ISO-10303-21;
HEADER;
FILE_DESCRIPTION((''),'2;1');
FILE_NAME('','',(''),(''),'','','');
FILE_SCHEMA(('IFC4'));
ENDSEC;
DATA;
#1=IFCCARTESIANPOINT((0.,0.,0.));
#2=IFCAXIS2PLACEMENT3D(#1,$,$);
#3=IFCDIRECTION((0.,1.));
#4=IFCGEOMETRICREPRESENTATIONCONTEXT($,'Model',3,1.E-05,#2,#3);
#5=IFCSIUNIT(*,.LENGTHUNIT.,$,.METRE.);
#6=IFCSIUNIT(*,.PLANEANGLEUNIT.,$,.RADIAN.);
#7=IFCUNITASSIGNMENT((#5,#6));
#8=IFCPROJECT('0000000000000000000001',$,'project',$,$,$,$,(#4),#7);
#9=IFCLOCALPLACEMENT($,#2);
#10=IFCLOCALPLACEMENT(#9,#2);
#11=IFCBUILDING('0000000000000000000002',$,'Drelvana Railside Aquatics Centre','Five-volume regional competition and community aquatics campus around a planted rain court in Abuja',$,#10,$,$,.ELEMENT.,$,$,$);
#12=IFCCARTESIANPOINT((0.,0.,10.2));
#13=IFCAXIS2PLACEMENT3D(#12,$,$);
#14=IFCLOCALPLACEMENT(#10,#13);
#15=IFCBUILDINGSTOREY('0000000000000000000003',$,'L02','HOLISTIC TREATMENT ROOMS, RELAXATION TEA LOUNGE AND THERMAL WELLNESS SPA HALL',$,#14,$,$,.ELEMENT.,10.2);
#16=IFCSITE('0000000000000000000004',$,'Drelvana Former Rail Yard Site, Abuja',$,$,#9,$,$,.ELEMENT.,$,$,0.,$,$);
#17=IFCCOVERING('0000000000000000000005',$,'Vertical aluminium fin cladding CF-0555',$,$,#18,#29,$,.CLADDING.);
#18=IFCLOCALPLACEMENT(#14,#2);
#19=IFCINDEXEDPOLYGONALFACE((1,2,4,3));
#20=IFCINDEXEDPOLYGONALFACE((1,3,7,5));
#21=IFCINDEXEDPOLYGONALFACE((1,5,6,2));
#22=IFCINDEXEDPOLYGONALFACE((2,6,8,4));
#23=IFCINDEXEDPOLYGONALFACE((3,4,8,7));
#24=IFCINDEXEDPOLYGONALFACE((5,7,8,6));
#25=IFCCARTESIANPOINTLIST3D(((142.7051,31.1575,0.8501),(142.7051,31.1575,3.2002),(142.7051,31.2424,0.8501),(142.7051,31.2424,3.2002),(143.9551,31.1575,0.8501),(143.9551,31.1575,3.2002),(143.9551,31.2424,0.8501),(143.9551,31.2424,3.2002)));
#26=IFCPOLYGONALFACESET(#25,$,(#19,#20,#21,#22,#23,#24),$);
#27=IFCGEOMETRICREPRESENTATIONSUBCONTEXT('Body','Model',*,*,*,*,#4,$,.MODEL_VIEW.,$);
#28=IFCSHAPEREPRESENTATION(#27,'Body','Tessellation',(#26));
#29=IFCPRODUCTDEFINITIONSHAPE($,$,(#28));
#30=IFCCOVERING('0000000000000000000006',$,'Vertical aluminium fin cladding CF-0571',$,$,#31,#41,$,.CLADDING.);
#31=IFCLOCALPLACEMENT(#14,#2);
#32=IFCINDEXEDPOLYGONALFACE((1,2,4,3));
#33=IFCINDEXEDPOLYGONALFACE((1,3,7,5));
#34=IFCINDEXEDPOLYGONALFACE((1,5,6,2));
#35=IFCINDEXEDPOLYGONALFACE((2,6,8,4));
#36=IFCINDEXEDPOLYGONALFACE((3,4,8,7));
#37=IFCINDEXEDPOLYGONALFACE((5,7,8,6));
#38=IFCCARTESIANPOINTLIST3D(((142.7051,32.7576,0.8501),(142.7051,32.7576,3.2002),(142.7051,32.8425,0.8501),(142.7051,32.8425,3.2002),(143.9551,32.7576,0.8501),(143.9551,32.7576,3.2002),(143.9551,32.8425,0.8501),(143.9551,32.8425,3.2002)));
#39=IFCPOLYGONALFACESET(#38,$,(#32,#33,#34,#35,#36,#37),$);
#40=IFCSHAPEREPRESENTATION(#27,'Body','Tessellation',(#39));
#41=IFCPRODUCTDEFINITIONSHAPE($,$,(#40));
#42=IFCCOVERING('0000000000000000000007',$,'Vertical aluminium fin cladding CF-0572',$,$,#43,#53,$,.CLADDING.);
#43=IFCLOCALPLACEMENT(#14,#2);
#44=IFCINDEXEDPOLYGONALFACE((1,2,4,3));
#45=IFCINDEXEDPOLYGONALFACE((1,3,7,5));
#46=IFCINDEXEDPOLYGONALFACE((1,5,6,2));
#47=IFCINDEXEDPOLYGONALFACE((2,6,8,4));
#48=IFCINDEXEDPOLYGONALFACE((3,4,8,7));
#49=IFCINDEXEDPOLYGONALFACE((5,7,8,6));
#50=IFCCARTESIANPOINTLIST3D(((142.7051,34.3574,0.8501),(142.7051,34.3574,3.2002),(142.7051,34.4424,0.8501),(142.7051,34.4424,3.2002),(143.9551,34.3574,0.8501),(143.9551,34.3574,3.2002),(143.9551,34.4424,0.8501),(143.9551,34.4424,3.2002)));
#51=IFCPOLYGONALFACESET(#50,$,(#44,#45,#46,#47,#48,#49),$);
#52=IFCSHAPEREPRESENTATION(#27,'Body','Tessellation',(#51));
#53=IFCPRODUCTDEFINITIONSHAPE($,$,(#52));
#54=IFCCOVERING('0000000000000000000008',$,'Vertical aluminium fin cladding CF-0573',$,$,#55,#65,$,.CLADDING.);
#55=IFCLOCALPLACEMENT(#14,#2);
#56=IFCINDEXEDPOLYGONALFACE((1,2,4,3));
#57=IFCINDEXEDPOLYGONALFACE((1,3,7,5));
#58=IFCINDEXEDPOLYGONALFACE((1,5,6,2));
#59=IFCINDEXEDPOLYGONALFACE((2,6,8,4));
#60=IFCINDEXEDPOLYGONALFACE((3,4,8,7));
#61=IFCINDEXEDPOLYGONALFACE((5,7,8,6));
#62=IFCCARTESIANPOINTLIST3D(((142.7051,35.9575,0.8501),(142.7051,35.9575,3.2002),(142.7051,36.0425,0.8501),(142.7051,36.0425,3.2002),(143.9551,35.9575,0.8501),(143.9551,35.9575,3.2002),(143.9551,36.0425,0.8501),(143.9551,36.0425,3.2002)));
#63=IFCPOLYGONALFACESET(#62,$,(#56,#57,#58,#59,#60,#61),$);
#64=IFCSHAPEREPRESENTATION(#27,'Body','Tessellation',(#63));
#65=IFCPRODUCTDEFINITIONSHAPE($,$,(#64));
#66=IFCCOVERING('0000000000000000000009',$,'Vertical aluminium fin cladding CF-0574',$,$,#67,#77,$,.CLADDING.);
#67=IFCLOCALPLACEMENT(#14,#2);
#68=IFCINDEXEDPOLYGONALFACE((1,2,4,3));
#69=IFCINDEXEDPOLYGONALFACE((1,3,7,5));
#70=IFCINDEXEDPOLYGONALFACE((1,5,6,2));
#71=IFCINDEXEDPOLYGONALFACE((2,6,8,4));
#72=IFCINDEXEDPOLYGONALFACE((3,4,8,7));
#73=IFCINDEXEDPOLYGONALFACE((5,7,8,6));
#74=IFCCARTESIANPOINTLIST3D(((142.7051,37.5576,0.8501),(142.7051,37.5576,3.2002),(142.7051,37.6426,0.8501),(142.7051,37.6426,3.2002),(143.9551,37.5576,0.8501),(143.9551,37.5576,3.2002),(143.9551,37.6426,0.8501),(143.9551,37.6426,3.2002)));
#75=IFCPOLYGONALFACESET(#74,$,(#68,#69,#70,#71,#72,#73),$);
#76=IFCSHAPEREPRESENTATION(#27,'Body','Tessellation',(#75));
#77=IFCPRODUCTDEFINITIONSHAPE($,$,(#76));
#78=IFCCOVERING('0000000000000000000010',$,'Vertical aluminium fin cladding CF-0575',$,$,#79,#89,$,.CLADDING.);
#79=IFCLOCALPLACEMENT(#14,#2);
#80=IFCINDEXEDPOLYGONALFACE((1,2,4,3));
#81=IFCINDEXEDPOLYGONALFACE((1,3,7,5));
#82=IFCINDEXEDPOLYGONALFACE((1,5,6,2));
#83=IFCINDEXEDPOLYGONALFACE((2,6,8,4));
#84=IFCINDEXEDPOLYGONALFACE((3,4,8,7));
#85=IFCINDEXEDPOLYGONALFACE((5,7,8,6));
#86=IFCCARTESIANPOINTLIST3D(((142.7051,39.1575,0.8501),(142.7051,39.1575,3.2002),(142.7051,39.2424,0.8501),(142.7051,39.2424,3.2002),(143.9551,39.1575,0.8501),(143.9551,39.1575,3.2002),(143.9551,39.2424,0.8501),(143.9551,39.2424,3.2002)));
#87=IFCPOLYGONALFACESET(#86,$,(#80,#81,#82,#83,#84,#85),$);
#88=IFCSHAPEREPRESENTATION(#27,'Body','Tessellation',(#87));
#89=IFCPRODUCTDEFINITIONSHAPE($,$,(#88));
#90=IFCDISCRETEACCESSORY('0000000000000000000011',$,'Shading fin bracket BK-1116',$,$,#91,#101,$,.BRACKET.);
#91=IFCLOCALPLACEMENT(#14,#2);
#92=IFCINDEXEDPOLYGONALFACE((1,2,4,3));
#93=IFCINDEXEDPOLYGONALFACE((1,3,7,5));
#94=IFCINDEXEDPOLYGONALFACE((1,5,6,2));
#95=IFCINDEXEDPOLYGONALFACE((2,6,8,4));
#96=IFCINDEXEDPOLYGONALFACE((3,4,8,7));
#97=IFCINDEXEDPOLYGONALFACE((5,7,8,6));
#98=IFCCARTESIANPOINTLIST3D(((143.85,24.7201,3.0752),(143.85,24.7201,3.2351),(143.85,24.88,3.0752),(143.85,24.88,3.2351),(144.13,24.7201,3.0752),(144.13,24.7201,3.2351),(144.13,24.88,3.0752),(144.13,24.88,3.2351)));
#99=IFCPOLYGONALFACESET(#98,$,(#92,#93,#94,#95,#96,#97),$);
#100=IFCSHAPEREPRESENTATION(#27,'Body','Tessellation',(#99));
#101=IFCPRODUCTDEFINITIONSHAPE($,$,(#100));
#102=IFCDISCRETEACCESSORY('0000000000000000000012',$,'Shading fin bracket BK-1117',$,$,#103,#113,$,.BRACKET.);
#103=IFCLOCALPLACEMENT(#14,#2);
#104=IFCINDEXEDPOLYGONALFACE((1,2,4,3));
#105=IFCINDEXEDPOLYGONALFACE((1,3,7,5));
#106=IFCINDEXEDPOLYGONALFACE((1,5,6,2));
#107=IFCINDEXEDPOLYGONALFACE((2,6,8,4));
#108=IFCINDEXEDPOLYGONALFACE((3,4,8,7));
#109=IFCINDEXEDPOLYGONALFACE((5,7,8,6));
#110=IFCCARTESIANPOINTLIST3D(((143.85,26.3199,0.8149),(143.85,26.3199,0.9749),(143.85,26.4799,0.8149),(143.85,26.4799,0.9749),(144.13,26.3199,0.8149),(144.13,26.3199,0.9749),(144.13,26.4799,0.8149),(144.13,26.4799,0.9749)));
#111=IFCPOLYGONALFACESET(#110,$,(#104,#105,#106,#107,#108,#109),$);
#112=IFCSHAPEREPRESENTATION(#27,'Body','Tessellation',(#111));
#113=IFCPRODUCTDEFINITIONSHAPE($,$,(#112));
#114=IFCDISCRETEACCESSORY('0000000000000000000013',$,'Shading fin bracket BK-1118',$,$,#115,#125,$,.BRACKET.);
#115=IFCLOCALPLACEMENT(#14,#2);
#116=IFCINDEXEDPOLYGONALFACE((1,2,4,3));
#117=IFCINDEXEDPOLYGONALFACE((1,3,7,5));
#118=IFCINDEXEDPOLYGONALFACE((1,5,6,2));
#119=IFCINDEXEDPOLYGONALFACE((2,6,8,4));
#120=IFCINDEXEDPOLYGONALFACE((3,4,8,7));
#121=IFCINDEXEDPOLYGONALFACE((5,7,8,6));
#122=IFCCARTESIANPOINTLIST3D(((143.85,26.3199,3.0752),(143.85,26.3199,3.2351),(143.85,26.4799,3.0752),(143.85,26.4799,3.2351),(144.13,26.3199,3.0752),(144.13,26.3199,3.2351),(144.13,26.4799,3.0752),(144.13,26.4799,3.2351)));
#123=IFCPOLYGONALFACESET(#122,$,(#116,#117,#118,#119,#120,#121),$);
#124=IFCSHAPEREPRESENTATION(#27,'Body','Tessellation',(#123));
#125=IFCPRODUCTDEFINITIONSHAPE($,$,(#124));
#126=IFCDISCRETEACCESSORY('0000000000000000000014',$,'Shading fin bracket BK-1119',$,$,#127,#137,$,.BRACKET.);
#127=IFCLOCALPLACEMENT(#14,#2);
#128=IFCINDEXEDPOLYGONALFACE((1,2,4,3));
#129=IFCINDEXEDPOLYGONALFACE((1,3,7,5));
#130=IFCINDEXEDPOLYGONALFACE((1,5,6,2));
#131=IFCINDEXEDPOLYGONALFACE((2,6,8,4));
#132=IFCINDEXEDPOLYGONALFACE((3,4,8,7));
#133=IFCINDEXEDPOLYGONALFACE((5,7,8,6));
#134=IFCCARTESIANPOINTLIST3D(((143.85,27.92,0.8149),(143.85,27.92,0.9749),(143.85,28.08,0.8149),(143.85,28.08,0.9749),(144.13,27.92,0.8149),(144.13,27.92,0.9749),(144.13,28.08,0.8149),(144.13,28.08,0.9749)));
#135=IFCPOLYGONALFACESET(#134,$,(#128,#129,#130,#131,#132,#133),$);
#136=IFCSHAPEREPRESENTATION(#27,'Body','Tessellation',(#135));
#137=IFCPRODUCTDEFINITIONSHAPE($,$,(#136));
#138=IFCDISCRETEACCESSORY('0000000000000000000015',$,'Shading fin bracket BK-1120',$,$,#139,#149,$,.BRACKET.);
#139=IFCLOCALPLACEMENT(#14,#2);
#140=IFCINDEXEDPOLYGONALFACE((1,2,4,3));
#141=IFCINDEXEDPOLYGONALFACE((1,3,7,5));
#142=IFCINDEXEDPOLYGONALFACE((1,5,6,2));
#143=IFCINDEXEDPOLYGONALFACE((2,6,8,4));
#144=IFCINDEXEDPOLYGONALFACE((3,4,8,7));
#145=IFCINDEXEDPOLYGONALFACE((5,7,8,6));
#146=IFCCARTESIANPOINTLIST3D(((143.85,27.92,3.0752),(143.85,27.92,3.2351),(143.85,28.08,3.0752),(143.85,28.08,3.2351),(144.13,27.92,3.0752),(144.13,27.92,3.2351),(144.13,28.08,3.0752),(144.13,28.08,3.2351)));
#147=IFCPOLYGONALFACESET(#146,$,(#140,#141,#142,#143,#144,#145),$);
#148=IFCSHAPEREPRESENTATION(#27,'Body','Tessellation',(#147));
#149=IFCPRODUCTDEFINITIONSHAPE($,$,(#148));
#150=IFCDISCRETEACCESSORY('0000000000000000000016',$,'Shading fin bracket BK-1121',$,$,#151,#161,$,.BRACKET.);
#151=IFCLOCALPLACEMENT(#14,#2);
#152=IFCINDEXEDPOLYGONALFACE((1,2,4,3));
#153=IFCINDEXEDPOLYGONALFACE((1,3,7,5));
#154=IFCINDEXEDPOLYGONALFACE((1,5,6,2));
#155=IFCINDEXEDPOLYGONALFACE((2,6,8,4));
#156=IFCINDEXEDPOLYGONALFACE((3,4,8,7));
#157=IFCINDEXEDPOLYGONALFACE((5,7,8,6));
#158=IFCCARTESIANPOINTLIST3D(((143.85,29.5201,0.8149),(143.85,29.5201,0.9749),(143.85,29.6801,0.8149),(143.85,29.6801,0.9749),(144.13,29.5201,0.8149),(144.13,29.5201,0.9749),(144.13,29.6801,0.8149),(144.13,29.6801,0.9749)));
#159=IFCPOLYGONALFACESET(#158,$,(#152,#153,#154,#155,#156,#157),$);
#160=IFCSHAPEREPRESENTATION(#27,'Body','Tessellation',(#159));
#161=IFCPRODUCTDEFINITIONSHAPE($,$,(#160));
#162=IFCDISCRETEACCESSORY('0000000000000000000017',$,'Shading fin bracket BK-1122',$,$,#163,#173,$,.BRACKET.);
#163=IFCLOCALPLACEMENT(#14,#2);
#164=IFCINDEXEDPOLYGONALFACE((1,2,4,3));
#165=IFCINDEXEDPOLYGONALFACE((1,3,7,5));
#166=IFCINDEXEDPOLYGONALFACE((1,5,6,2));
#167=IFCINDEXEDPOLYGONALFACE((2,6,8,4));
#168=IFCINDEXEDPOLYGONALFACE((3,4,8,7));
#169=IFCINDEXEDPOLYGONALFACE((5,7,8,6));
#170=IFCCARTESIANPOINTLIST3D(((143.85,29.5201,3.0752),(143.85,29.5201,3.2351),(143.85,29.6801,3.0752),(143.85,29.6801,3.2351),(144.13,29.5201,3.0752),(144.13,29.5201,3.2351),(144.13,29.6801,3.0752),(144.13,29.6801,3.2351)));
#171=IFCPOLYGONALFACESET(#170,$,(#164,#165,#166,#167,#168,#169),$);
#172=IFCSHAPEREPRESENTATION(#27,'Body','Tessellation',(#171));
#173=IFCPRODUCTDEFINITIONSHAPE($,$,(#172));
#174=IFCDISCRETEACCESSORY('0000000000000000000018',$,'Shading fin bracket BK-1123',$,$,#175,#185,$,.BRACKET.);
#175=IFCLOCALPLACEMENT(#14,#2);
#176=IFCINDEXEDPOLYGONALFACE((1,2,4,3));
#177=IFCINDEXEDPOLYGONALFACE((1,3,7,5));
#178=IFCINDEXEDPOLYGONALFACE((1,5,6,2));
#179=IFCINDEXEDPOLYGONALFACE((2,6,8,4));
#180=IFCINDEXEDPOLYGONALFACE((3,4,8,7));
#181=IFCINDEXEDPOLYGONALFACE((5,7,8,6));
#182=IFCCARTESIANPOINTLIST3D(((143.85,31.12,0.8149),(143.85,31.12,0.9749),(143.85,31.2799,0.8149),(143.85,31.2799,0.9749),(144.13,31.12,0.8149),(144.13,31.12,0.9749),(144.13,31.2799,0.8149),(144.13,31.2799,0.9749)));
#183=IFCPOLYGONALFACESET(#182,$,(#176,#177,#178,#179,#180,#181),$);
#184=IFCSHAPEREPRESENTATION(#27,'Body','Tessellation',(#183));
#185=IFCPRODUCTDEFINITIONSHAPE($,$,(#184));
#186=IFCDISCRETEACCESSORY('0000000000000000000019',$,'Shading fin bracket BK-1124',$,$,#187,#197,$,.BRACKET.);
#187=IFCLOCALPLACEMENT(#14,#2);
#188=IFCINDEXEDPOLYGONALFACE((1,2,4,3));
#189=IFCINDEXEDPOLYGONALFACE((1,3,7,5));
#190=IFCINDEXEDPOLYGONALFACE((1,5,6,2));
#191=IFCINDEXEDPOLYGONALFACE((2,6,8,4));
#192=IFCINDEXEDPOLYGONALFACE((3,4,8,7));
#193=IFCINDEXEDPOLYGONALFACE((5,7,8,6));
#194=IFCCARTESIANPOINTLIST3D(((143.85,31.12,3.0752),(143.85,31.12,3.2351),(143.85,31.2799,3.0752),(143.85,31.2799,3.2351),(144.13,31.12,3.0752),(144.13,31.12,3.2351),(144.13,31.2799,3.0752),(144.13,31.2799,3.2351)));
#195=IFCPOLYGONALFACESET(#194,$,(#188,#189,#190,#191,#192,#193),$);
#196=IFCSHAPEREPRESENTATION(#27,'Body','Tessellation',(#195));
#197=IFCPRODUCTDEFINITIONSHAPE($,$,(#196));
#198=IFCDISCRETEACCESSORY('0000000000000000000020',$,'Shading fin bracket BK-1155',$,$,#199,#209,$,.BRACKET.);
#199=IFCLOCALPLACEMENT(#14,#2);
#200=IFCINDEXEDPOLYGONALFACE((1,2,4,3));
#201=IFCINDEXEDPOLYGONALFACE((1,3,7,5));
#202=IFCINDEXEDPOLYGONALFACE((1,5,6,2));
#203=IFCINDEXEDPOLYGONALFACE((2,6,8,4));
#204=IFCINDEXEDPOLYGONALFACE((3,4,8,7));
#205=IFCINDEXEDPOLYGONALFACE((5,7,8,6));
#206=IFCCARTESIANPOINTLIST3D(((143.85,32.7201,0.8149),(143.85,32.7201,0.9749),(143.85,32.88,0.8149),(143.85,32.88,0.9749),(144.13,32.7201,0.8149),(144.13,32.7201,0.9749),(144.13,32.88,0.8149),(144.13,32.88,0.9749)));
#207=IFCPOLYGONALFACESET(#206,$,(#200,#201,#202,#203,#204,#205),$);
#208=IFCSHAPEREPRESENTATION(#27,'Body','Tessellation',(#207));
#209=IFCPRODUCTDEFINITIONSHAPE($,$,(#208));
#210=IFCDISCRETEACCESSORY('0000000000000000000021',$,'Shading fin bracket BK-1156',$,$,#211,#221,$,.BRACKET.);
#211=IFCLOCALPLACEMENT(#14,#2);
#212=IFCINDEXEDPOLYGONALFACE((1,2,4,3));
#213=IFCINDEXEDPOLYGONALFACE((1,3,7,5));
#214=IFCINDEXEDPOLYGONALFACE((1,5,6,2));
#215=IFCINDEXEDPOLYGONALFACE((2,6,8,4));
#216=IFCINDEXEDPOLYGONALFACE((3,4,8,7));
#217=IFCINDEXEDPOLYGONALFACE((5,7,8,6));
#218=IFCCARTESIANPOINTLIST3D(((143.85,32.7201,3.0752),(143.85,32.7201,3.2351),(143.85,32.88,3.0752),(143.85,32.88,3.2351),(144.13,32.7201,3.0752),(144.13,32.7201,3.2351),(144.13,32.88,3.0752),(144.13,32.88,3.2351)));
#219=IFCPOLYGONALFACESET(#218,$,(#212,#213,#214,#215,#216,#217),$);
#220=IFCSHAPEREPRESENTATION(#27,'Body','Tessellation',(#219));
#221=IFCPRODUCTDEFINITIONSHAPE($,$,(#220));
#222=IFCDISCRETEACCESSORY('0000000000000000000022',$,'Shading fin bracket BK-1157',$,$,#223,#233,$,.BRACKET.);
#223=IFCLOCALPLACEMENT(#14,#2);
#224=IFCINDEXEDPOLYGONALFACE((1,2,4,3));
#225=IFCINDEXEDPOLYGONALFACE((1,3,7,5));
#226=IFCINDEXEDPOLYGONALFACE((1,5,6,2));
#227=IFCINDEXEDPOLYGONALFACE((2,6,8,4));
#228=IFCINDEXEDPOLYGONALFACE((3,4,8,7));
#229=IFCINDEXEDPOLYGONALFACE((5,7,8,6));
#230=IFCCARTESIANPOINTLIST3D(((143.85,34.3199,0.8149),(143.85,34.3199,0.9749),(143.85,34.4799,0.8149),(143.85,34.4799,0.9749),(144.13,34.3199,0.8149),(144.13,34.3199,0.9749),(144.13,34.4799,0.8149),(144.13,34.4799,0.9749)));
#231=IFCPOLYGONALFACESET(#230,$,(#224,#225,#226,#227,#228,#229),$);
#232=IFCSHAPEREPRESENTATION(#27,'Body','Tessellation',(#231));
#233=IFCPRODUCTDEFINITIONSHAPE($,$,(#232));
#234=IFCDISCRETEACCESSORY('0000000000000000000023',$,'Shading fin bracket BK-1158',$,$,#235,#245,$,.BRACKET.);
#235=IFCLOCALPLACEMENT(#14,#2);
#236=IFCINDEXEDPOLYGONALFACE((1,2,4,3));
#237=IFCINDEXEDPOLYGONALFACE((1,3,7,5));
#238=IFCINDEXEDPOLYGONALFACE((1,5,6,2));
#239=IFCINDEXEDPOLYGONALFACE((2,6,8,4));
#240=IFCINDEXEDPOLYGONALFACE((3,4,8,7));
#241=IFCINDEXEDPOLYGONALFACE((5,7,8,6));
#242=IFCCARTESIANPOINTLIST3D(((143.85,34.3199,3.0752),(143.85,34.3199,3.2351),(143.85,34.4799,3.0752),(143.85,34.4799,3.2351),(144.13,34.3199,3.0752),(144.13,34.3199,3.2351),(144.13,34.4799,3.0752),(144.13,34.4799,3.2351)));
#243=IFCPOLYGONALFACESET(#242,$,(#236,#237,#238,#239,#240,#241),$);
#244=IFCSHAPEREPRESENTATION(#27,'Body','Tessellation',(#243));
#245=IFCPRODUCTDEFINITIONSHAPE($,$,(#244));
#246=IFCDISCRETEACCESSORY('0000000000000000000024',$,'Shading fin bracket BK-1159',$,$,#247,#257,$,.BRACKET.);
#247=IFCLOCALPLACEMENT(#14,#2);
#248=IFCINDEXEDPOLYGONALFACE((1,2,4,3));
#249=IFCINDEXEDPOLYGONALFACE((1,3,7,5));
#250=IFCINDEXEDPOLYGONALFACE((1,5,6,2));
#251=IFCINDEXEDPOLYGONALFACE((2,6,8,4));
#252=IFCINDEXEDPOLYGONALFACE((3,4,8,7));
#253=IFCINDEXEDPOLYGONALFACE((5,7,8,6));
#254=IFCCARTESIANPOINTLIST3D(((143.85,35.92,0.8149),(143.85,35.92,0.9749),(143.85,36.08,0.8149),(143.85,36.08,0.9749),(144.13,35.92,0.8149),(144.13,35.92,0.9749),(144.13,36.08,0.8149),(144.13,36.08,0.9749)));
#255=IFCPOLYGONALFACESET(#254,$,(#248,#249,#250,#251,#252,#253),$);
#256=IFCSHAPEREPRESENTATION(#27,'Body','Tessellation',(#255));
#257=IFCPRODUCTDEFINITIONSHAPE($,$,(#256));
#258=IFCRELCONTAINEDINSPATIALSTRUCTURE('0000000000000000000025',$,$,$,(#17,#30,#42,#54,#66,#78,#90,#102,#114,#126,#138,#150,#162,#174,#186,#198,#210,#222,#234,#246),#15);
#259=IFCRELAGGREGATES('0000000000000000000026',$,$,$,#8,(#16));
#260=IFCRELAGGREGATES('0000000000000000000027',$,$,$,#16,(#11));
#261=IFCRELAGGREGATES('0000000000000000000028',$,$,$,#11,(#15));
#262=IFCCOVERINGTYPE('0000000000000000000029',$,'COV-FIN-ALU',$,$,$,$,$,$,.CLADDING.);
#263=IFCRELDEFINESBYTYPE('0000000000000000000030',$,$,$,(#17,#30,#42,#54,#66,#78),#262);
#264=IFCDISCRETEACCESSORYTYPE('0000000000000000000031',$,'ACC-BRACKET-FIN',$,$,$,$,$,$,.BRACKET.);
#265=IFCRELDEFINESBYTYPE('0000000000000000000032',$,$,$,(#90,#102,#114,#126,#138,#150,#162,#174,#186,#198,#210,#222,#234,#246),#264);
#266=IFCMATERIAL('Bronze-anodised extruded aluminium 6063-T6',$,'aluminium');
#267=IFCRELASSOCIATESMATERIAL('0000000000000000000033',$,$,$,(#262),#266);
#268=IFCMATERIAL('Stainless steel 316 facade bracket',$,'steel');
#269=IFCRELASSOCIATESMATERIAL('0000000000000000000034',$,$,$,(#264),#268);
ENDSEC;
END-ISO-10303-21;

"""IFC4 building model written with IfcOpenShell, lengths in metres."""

from ifc_helpers import new_model, si_unit, direction, frame, origin, origin_2d, place, context, subcontext, project, spatial, rectangle, extrude, material, type_object, element, save


model = new_model("IFC4")

# Units and contexts
model_context = context("Model", 3, precision=1e-05, world=origin(), true_north=direction((0.0, 1.0)))
body_context = subcontext(model_context, "Body", "Model", "MODEL_VIEW")
ifc_project = project(units=[si_unit("LENGTHUNIT", "METRE"), si_unit("PLANEANGLEUNIT", "RADIAN")], contexts=[model_context])

# Site, building, storey
site_placement = place(None, origin())
site = spatial("IfcSite", under=ifc_project, at=site_placement, Name="Drelvana Former Rail Yard Site, Abuja", CompositionType="ELEMENT", RefElevation=0.0)
building_placement = place(site_placement, origin())
building = spatial("IfcBuilding", under=site, at=building_placement, Name="Drelvana Railside Aquatics Centre", Description="Five-volume regional competition and community aquatics campus around a planted rain court in Abuja", CompositionType="ELEMENT")
storey_placement = place(building_placement, frame((0.0, 0.0, 10.2)))
storey = spatial("IfcBuildingStorey", under=building, at=storey_placement, Name="L02", Description="HOLISTIC TREATMENT ROOMS, RELAXATION TEA LOUNGE AND THERMAL WELLNESS SPA HALL", CompositionType="ELEMENT", Elevation=10.2)

# Coverings
ifc_material_1 = material(Name="Bronze-anodised extruded aluminium 6063-T6", Category="aluminium")
covering_type = type_object("IfcCoveringType", Name="COV-FIN-ALU", PredefinedType="CLADDING", material=ifc_material_1)
for number, where, z_axis, x_axis, name in (
    (1, (143.3301, 31.2, 0.8501), (0.0, 0.0, 1.0), (0.0, 1.0, 0.0), "Vertical aluminium fin cladding CF-0555"),
    (2, (143.3301, 32.8, 0.8501), (0.0, 0.0, 1.0), (0.0, 1.0, 0.0), "Vertical aluminium fin cladding CF-0571"),
    (3, (143.3301, 34.3999, 0.8501), (0.0, 0.0, 1.0), (0.0, 1.0, 0.0), "Vertical aluminium fin cladding CF-0572"),
    (4, (143.3301, 36.0, 0.8501), (0.0, 0.0, 1.0), (0.0, 1.0, 0.0), "Vertical aluminium fin cladding CF-0573"),
    (5, (143.3301, 37.6001, 0.8501), (0.0, 0.0, 1.0), (0.0, 1.0, 0.0), "Vertical aluminium fin cladding CF-0574"),
    (6, (143.3301, 39.2, 0.8501), (0.0, 0.0, 1.0), (0.0, 1.0, 0.0), "Vertical aluminium fin cladding CF-0575"),
):
    element("IfcCovering", number, at=place(storey_placement, frame(where, z_axis=z_axis, x_axis=x_axis)), inside=storey, type_object=covering_type, Name=name, PredefinedType="CLADDING", context=body_context, shape_type="SweptSolid", body=[
        extrude(rectangle(XDim=0.085, YDim=1.25, at=origin_2d()), origin(), (0.0, 0.0, 1.0), 2.3501),
    ])

# Discrete accessories
ifc_material_2 = material(Name="Stainless steel 316 facade bracket", Category="steel")
discrete_accessory_type = type_object("IfcDiscreteAccessoryType", Name="ACC-BRACKET-FIN", PredefinedType="BRACKET", material=ifc_material_2)
for number, where, z_axis, x_axis, name in (
    (7, (143.99, 24.8, 3.0752), (0.0, 0.0, 1.0), (-1.0, 0.0, 0.0), "Shading fin bracket BK-1116"),
    (8, (143.99, 26.3999, 0.8149), (0.0, 0.0, 1.0), (-1.0, 0.0, 0.0), "Shading fin bracket BK-1117"),
    (9, (143.99, 26.3999, 3.0752), (0.0, 0.0, 1.0), (-1.0, 0.0, 0.0), "Shading fin bracket BK-1118"),
    (10, (143.99, 28.0, 0.8149), (0.0, 0.0, 1.0), (-1.0, 0.0, 0.0), "Shading fin bracket BK-1119"),
    (11, (143.99, 28.0, 3.0752), (0.0, 0.0, 1.0), (-1.0, 0.0, 0.0), "Shading fin bracket BK-1120"),
    (12, (143.99, 29.6001, 0.8149), (0.0, 0.0, 1.0), (-1.0, 0.0, 0.0), "Shading fin bracket BK-1121"),
    (13, (143.99, 29.6001, 3.0752), (0.0, 0.0, 1.0), (-1.0, 0.0, 0.0), "Shading fin bracket BK-1122"),
    (14, (143.99, 31.2, 0.8149), (0.0, 0.0, 1.0), (-1.0, 0.0, 0.0), "Shading fin bracket BK-1123"),
    (15, (143.99, 31.2, 3.0752), (0.0, 0.0, 1.0), (-1.0, 0.0, 0.0), "Shading fin bracket BK-1124"),
    (16, (143.99, 32.8, 0.8149), (0.0, 0.0, 1.0), (-1.0, 0.0, 0.0), "Shading fin bracket BK-1155"),
    (17, (143.99, 32.8, 3.0752), (0.0, 0.0, 1.0), (-1.0, 0.0, 0.0), "Shading fin bracket BK-1156"),
    (18, (143.99, 34.3999, 0.8149), (0.0, 0.0, 1.0), (-1.0, 0.0, 0.0), "Shading fin bracket BK-1157"),
    (19, (143.99, 34.3999, 3.0752), (0.0, 0.0, 1.0), (-1.0, 0.0, 0.0), "Shading fin bracket BK-1158"),
    (20, (143.99, 36.0, 0.8149), (0.0, 0.0, 1.0), (-1.0, 0.0, 0.0), "Shading fin bracket BK-1159"),
):
    element("IfcDiscreteAccessory", number, at=place(storey_placement, frame(where, z_axis=z_axis, x_axis=x_axis)), inside=storey, type_object=discrete_accessory_type, Name=name, PredefinedType="BRACKET", context=body_context, shape_type="SweptSolid", body=[
        extrude(rectangle(XDim=0.28, YDim=0.1599, at=origin_2d()), origin(), (0.0, 0.0, 1.0), 0.1599),
    ])

save(model, "model.ifc")
